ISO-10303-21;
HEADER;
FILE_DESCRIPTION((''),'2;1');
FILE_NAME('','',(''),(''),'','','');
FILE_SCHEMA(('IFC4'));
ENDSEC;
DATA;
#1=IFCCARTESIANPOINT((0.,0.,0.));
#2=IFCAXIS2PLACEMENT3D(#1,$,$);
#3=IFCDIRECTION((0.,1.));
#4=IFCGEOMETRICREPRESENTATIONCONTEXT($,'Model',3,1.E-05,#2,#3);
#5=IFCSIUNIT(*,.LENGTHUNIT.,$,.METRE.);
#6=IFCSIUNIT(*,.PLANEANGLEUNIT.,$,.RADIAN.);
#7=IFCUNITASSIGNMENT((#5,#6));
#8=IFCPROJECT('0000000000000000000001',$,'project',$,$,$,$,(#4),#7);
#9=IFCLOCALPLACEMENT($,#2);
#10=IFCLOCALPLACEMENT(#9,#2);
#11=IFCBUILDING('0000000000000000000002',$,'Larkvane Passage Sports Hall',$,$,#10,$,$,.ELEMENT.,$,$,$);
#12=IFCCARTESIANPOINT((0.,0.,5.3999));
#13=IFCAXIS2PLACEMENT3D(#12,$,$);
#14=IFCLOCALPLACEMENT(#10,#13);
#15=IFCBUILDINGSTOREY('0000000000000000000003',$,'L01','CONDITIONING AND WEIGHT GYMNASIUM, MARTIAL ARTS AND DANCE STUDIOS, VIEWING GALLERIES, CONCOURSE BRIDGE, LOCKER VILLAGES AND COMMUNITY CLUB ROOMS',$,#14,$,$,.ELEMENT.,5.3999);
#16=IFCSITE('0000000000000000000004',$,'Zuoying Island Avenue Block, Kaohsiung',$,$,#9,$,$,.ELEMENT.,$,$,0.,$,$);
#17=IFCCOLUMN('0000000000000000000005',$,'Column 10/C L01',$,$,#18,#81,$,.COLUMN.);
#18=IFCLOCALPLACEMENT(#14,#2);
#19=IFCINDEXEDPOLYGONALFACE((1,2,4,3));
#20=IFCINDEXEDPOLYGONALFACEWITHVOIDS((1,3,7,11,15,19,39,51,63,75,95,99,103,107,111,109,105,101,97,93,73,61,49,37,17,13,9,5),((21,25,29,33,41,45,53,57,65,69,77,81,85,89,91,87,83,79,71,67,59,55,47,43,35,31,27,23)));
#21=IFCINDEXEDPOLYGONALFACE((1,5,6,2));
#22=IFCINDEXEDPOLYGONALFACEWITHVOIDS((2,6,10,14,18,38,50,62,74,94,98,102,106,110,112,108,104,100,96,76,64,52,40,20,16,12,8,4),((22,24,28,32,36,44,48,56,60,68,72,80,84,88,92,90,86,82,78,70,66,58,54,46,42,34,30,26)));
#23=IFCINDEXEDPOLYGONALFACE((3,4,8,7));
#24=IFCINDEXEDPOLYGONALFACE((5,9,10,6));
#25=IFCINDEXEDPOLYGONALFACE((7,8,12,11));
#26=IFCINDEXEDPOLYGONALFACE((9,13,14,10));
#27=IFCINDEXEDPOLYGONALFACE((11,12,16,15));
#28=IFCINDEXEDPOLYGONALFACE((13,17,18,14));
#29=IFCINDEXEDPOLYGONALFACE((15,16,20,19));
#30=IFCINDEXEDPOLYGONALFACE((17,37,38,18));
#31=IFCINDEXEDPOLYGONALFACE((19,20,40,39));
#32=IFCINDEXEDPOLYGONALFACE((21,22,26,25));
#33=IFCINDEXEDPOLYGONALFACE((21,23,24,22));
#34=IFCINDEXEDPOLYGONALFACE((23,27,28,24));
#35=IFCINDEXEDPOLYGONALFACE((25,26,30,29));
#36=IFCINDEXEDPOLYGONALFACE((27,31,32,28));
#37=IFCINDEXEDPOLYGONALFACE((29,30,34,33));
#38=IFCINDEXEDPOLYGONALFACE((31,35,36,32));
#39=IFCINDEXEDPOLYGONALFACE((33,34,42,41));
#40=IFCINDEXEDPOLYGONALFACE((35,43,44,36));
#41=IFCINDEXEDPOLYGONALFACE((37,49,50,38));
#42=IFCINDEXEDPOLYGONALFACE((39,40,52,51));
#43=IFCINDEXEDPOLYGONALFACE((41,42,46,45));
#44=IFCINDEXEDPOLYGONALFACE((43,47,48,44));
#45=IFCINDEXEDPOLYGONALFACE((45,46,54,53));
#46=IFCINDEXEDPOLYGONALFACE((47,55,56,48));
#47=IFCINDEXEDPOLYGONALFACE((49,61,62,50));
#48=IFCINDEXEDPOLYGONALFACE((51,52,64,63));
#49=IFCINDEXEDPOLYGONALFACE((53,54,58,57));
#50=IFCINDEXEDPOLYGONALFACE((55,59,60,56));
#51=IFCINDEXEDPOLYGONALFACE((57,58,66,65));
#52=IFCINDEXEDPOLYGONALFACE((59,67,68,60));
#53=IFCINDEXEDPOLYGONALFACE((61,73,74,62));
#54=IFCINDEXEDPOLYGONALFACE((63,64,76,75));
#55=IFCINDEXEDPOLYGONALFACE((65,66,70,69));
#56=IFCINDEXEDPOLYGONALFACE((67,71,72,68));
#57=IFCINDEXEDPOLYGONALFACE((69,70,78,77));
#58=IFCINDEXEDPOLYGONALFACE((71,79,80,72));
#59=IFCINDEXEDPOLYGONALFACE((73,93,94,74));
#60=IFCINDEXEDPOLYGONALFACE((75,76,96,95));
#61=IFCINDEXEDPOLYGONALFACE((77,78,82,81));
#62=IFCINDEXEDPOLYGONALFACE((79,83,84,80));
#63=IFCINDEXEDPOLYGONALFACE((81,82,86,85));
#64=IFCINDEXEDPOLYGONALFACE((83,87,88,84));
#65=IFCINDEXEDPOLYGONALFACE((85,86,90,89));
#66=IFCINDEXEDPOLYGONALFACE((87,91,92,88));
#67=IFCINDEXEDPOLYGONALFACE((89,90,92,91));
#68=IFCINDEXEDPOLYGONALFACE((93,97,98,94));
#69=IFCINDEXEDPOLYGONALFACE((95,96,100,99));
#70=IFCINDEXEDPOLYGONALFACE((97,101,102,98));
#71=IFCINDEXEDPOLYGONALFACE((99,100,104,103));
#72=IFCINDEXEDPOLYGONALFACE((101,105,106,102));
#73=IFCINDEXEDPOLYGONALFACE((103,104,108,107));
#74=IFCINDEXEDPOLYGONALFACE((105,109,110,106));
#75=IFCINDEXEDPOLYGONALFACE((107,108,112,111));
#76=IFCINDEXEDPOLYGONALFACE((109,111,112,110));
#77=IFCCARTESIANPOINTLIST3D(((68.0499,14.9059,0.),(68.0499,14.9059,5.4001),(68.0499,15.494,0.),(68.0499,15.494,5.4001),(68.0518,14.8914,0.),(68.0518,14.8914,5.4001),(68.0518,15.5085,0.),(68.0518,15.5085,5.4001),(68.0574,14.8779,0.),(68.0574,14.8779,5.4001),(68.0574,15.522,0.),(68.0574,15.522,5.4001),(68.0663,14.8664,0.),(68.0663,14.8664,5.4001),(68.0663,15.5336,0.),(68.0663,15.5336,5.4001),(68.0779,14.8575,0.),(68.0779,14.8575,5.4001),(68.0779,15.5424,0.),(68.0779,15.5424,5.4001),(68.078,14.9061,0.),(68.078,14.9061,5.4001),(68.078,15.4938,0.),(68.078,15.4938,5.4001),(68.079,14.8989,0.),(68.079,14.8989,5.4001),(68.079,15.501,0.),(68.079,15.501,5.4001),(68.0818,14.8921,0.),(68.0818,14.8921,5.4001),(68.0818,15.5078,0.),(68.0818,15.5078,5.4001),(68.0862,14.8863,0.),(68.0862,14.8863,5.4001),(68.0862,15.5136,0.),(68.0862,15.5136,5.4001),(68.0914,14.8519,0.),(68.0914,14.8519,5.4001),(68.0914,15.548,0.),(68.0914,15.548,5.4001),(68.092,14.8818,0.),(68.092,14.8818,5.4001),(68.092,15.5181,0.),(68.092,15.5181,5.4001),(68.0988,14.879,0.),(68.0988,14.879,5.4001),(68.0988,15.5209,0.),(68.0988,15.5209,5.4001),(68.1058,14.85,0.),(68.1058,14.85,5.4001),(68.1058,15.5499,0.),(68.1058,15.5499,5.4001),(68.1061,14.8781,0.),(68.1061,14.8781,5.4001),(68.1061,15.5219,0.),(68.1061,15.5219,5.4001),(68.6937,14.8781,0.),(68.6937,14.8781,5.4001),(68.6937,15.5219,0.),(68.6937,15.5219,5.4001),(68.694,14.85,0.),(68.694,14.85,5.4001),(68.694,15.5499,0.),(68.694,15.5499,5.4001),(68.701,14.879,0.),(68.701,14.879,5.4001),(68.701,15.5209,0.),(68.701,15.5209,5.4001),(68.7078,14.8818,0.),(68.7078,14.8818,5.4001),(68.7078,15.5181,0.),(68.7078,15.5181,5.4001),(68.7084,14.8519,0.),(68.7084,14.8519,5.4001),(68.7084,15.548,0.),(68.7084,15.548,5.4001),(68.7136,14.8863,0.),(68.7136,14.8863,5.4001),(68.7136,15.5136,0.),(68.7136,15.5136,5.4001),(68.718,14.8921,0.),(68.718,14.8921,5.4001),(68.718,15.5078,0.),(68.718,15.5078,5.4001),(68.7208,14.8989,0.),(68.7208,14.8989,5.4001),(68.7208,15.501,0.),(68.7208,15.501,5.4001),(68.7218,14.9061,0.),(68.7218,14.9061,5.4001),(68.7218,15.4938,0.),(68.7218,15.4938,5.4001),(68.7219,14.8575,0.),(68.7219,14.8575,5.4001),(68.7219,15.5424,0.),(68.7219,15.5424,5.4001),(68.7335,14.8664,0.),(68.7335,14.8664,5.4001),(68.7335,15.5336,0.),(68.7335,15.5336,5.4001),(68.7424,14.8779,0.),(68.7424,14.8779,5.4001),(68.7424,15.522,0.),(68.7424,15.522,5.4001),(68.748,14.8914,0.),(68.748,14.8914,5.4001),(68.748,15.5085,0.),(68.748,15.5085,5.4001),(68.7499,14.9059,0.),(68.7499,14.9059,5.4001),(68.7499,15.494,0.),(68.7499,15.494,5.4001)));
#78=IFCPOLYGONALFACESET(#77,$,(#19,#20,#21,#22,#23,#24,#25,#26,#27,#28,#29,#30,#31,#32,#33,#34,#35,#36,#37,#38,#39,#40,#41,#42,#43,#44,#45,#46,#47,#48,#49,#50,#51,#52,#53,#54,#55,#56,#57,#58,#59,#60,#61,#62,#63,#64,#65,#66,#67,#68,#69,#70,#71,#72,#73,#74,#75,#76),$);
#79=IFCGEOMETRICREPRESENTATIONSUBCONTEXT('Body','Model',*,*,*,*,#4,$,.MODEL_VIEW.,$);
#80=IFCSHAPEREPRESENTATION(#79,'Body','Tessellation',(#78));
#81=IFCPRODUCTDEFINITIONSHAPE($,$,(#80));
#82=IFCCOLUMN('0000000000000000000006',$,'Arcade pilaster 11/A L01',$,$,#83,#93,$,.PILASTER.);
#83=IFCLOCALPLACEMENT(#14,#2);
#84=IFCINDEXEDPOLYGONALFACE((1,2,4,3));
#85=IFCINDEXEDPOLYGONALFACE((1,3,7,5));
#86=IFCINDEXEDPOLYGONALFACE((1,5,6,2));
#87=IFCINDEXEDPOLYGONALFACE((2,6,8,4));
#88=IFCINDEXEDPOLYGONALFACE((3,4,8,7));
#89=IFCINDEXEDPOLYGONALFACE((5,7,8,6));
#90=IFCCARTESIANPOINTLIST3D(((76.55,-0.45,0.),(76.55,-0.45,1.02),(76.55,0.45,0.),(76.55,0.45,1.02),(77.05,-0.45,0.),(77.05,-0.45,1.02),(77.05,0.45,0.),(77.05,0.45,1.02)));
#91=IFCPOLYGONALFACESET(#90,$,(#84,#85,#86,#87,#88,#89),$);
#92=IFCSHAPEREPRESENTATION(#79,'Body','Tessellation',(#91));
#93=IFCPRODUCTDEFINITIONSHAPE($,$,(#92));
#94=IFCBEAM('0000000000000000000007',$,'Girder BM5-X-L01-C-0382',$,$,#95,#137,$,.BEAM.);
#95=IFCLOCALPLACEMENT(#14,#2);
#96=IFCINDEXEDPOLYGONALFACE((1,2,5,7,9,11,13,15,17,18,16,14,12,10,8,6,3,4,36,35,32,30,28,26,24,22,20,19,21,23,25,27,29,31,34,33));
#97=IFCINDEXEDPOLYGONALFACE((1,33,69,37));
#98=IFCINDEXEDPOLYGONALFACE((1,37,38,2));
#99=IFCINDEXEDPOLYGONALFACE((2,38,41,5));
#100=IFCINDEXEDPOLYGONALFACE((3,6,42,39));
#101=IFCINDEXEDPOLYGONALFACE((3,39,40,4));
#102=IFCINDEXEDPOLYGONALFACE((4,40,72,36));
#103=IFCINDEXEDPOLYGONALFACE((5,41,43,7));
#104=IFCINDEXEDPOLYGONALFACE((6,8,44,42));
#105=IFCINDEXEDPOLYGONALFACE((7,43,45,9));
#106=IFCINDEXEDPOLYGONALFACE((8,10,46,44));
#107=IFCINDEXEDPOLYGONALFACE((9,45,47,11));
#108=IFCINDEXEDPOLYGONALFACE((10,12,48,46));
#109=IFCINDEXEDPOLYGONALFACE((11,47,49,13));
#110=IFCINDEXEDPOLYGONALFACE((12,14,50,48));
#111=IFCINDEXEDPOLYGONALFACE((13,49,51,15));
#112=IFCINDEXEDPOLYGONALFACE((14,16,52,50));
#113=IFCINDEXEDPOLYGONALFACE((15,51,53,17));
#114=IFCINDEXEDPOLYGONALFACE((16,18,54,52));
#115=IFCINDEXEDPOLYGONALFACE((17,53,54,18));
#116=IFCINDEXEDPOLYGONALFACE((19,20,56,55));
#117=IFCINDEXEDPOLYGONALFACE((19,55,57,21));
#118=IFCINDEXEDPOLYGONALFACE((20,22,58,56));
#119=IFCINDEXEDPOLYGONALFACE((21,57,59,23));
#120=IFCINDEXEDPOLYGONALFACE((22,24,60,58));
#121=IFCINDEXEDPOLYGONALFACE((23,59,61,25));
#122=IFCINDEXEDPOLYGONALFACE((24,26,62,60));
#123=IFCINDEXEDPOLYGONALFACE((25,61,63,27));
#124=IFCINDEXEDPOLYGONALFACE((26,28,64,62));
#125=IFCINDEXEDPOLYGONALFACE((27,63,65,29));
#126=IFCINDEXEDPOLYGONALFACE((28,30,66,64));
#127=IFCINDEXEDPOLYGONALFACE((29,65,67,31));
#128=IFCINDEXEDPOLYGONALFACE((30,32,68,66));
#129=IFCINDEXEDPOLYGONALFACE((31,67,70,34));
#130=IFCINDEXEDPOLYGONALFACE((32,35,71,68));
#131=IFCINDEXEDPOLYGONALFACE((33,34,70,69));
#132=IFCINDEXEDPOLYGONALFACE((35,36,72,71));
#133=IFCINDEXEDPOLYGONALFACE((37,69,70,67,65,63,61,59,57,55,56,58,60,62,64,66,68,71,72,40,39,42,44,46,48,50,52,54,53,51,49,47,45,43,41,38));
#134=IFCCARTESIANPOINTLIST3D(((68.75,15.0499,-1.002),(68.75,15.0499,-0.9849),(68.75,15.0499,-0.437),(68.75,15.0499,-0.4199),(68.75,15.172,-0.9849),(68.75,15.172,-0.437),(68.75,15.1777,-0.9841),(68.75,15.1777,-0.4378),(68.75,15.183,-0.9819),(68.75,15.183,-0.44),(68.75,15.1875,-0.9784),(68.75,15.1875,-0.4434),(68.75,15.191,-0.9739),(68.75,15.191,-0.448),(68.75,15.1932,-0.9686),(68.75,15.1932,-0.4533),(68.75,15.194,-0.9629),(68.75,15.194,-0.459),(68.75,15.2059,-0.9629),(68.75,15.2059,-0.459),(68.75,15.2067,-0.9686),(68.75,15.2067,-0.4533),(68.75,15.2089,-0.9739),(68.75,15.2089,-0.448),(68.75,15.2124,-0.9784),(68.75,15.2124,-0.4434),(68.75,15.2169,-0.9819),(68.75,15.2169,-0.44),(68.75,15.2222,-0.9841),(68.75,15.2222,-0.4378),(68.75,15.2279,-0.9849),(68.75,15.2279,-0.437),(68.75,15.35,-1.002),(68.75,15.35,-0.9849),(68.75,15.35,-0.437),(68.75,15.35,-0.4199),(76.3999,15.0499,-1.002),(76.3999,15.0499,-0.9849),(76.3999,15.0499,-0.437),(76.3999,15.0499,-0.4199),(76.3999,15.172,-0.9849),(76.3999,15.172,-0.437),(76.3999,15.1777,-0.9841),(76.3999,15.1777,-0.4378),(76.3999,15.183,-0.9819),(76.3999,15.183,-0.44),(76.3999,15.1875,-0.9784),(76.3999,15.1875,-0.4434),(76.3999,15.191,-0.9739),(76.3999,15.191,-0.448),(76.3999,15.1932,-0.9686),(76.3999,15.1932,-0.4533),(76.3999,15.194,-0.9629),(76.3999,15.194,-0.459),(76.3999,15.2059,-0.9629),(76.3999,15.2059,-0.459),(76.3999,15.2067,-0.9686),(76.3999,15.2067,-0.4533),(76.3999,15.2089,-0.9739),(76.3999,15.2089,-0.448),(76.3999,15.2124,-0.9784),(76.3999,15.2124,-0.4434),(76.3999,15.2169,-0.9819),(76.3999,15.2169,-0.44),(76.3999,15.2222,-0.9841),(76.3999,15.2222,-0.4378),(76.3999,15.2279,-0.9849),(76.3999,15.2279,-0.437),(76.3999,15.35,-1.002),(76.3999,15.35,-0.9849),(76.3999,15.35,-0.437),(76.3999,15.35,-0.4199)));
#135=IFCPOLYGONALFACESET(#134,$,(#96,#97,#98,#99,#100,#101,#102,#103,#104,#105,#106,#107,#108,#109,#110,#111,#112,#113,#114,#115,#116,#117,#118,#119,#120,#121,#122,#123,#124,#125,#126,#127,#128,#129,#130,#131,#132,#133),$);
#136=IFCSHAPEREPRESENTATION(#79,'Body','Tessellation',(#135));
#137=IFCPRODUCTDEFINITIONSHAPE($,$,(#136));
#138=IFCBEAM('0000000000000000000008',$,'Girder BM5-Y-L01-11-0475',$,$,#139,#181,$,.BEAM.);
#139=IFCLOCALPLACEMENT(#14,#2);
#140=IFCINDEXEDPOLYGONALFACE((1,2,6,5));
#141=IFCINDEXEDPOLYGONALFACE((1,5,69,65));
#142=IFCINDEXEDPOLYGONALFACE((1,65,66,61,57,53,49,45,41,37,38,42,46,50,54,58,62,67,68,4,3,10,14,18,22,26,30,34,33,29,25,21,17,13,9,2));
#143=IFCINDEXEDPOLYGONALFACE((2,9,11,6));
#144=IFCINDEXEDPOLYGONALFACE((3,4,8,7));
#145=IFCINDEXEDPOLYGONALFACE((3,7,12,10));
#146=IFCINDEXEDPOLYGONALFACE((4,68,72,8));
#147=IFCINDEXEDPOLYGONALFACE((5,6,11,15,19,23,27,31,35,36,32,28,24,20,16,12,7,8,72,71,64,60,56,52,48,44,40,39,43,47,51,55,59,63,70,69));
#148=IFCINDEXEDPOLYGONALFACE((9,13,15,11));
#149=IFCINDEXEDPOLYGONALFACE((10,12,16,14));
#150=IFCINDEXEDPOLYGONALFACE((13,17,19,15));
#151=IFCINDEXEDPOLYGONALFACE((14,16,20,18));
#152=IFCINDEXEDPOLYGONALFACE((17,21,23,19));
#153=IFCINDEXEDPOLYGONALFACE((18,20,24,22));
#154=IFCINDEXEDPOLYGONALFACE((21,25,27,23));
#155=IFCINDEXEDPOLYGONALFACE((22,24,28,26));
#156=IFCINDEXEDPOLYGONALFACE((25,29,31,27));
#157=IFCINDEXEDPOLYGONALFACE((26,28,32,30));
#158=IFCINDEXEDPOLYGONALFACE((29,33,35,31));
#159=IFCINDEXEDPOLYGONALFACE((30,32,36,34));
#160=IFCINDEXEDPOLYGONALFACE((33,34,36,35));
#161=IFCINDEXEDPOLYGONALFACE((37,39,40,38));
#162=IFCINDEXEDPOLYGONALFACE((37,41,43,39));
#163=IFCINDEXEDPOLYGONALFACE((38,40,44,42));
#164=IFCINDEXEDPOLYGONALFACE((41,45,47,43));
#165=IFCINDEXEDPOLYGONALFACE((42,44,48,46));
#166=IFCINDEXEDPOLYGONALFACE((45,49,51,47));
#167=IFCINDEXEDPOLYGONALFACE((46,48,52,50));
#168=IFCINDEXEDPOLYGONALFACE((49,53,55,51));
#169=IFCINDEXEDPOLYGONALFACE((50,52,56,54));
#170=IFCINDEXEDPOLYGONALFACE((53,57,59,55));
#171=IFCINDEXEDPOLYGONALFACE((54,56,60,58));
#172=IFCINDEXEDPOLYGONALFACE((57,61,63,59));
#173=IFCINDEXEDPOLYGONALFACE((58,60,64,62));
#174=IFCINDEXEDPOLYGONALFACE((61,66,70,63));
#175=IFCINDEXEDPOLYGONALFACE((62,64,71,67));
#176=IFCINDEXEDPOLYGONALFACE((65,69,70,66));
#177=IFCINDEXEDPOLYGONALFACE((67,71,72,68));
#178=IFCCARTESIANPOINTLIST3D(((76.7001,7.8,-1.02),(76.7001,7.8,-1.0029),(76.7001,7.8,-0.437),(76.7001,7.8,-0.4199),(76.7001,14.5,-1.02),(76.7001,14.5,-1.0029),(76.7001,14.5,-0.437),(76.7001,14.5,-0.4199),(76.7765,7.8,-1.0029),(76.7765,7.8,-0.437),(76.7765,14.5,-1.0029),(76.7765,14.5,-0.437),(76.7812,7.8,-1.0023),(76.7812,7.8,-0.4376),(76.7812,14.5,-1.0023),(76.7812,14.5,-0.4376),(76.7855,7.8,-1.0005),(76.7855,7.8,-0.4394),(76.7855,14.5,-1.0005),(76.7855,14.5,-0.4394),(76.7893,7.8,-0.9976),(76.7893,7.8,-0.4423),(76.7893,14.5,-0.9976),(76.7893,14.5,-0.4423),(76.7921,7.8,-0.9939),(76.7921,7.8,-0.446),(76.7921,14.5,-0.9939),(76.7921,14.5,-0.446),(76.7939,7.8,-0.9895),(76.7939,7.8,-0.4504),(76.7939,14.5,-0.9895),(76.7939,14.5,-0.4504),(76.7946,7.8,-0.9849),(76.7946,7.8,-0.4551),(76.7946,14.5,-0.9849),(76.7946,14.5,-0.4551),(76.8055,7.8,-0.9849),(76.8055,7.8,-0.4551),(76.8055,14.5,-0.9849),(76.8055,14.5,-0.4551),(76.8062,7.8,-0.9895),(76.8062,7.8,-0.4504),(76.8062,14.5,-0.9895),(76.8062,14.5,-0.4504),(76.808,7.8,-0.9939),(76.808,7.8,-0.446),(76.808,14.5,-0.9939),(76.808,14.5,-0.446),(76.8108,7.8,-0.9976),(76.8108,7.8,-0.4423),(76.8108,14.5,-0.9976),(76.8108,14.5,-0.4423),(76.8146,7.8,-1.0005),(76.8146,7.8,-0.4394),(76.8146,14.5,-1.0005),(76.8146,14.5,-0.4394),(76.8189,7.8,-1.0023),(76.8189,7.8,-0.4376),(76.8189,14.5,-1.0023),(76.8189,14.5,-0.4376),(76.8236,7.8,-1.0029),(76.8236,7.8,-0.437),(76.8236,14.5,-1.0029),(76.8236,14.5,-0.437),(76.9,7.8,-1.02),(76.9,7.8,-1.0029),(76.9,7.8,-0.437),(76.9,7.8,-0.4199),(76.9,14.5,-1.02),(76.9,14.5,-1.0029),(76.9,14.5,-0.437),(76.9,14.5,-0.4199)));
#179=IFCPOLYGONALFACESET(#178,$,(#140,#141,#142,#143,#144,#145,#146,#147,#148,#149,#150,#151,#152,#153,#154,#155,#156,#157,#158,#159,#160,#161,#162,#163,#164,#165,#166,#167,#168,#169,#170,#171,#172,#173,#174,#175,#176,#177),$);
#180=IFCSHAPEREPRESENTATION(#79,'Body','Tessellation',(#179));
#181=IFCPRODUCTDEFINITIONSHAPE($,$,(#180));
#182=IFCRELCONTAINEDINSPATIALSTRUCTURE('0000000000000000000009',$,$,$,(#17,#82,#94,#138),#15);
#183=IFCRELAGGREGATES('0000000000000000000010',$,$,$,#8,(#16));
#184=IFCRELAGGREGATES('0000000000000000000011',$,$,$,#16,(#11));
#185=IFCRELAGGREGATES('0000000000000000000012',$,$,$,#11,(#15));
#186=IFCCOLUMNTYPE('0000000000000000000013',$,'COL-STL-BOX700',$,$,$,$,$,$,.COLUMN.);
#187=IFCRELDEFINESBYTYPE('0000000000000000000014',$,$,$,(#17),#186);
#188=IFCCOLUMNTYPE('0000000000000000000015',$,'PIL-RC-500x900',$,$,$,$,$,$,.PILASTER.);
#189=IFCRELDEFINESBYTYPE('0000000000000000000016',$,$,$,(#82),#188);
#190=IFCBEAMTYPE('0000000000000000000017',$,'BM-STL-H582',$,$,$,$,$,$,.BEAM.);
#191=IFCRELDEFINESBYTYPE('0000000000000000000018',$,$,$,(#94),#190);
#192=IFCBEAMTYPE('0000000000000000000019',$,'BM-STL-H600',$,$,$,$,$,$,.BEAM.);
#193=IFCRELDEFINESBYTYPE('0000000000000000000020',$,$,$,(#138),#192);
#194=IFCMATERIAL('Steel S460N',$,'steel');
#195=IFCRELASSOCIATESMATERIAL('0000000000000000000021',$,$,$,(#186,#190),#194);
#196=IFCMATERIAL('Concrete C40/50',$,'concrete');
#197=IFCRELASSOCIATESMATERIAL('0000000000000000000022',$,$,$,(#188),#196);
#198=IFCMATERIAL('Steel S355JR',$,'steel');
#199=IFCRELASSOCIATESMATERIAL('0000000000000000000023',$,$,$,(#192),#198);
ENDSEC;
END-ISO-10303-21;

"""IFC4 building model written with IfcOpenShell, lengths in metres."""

from ifc_helpers import new_model, si_unit, direction, frame, origin, origin_2d, place, context, subcontext, project, spatial, rectangle, hollow_rectangle, i_section, extrude, material, material_profile, profile_set, type_object, element, save


model = new_model("IFC4")

# Units and contexts
model_context = context("Model", 3, precision=1e-05, world=origin(), true_north=direction((0.0, 1.0)))
body_context = subcontext(model_context, "Body", "Model", "MODEL_VIEW")
ifc_project = project(units=[si_unit("LENGTHUNIT", "METRE"), si_unit("PLANEANGLEUNIT", "RADIAN")], contexts=[model_context])

# Site, building, storey
site_placement = place(None, origin())
site = spatial("IfcSite", under=ifc_project, at=site_placement, Name="Zuoying Island Avenue Block, Kaohsiung", CompositionType="ELEMENT", RefElevation=0.0)
building_placement = place(site_placement, origin())
building = spatial("IfcBuilding", under=site, at=building_placement, Name="Larkvane Passage Sports Hall", CompositionType="ELEMENT")
storey_placement = place(building_placement, frame((0.0, 0.0, 5.3999)))
storey = spatial("IfcBuildingStorey", under=building, at=storey_placement, Name="L01", Description="CONDITIONING AND WEIGHT GYMNASIUM, MARTIAL ARTS AND DANCE STUDIOS, VIEWING GALLERIES, CONCOURSE BRIDGE, LOCKER VILLAGES AND COMMUNITY CLUB ROOMS", CompositionType="ELEMENT", Elevation=5.3999)

# Columns
ifc_material_1 = material(Name="Steel S460N", Category="steel")
ifc_material_profile_1 = material_profile(ifc_material_1, hollow_rectangle(XDim=0.7, YDim=0.7, WallThickness=0.0281, InnerFilletRadius=0.0281, OuterFilletRadius=0.0559, at=origin_2d()), Name="BOX-700x700x28")
ifc_profile_set_1 = profile_set([ifc_material_profile_1], Name="Steel S460N")
column_type_1 = type_object("IfcColumnType", Name="COL-STL-BOX700", PredefinedType="COLUMN", material=ifc_profile_set_1)
column_1_placement = place(storey_placement, frame((68.3999, 15.2, 0.0), z_axis=(0.0, 0.0, 1.0), x_axis=(1.0, 0.0, 0.0)))
element("IfcColumn", 1, at=column_1_placement, inside=storey, type_object=column_type_1, Name="Column 10/C L01", PredefinedType="COLUMN", context=body_context, shape_type="SweptSolid", body=[
    extrude(hollow_rectangle(XDim=0.7, YDim=0.7, WallThickness=0.0281, InnerFilletRadius=0.0281, OuterFilletRadius=0.0559, at=origin_2d()), origin(), (0.0, 0.0, 1.0), 5.4001),
])
ifc_material_2 = material(Name="Concrete C40/50", Category="concrete")
ifc_material_profile_2 = material_profile(ifc_material_2, rectangle(XDim=0.5, YDim=0.8999, at=origin_2d()), Name="RC-PIL-500x900")
ifc_profile_set_2 = profile_set([ifc_material_profile_2], Name="Concrete C40/50")
column_type_2 = type_object("IfcColumnType", Name="PIL-RC-500x900", PredefinedType="PILASTER", material=ifc_profile_set_2)
column_2_placement = place(storey_placement, frame((76.8, 0.0, 0.0), z_axis=(0.0, 0.0, 1.0), x_axis=(1.0, 0.0, 0.0)))
element("IfcColumn", 2, at=column_2_placement, inside=storey, type_object=column_type_2, Name="Arcade pilaster 11/A L01", PredefinedType="PILASTER", context=body_context, shape_type="SweptSolid", body=[
    extrude(rectangle(XDim=0.5, YDim=0.8999, at=origin_2d()), origin(), (0.0, 0.0, 1.0), 1.02),
])

# Beams
ifc_material_profile_3 = material_profile(ifc_material_1, i_section(OverallWidth=0.3, OverallDepth=0.582, WebThickness=0.012, FlangeThickness=0.0171, FilletRadius=0.022, at=origin_2d()), Name="H-582x300x12x17")
ifc_profile_set_3 = profile_set([ifc_material_profile_3], Name="Steel S460N")
beam_type_1 = type_object("IfcBeamType", Name="BM-STL-H582", PredefinedType="BEAM", material=ifc_profile_set_3)
beam_1_placement = place(storey_placement, frame((68.75, 15.2, -0.7109), z_axis=(1.0, 0.0, 0.0), x_axis=(0.0, 1.0, 0.0)))
element("IfcBeam", 3, at=beam_1_placement, inside=storey, type_object=beam_type_1, Name="Girder BM5-X-L01-C-0382", PredefinedType="BEAM", context=body_context, shape_type="SweptSolid", body=[
    extrude(i_section(OverallWidth=0.3, OverallDepth=0.582, WebThickness=0.012, FlangeThickness=0.0171, FilletRadius=0.022, at=origin_2d()), origin(), (0.0, 0.0, 1.0), 7.6499),
])
ifc_material_3 = material(Name="Steel S355JR", Category="steel")
ifc_material_profile_4 = material_profile(ifc_material_3, i_section(OverallWidth=0.2, OverallDepth=0.6001, WebThickness=0.011, FlangeThickness=0.0171, FilletRadius=0.0181, at=origin_2d()), Name="H-600x200x11x17")
ifc_profile_set_4 = profile_set([ifc_material_profile_4], Name="Steel S355JR")
beam_type_2 = type_object("IfcBeamType", Name="BM-STL-H600", PredefinedType="BEAM", material=ifc_profile_set_4)
beam_2_placement = place(storey_placement, frame((76.8, 7.8, -0.72), z_axis=(0.0, 1.0, 0.0), x_axis=(-1.0, 0.0, 0.0)))
element("IfcBeam", 4, at=beam_2_placement, inside=storey, type_object=beam_type_2, Name="Girder BM5-Y-L01-11-0475", PredefinedType="BEAM", context=body_context, shape_type="SweptSolid", body=[
    extrude(i_section(OverallWidth=0.2, OverallDepth=0.6001, WebThickness=0.011, FlangeThickness=0.0171, FilletRadius=0.0181, at=origin_2d()), origin(), (0.0, 0.0, 1.0), 6.7),
])

save(model, "model.ifc")
